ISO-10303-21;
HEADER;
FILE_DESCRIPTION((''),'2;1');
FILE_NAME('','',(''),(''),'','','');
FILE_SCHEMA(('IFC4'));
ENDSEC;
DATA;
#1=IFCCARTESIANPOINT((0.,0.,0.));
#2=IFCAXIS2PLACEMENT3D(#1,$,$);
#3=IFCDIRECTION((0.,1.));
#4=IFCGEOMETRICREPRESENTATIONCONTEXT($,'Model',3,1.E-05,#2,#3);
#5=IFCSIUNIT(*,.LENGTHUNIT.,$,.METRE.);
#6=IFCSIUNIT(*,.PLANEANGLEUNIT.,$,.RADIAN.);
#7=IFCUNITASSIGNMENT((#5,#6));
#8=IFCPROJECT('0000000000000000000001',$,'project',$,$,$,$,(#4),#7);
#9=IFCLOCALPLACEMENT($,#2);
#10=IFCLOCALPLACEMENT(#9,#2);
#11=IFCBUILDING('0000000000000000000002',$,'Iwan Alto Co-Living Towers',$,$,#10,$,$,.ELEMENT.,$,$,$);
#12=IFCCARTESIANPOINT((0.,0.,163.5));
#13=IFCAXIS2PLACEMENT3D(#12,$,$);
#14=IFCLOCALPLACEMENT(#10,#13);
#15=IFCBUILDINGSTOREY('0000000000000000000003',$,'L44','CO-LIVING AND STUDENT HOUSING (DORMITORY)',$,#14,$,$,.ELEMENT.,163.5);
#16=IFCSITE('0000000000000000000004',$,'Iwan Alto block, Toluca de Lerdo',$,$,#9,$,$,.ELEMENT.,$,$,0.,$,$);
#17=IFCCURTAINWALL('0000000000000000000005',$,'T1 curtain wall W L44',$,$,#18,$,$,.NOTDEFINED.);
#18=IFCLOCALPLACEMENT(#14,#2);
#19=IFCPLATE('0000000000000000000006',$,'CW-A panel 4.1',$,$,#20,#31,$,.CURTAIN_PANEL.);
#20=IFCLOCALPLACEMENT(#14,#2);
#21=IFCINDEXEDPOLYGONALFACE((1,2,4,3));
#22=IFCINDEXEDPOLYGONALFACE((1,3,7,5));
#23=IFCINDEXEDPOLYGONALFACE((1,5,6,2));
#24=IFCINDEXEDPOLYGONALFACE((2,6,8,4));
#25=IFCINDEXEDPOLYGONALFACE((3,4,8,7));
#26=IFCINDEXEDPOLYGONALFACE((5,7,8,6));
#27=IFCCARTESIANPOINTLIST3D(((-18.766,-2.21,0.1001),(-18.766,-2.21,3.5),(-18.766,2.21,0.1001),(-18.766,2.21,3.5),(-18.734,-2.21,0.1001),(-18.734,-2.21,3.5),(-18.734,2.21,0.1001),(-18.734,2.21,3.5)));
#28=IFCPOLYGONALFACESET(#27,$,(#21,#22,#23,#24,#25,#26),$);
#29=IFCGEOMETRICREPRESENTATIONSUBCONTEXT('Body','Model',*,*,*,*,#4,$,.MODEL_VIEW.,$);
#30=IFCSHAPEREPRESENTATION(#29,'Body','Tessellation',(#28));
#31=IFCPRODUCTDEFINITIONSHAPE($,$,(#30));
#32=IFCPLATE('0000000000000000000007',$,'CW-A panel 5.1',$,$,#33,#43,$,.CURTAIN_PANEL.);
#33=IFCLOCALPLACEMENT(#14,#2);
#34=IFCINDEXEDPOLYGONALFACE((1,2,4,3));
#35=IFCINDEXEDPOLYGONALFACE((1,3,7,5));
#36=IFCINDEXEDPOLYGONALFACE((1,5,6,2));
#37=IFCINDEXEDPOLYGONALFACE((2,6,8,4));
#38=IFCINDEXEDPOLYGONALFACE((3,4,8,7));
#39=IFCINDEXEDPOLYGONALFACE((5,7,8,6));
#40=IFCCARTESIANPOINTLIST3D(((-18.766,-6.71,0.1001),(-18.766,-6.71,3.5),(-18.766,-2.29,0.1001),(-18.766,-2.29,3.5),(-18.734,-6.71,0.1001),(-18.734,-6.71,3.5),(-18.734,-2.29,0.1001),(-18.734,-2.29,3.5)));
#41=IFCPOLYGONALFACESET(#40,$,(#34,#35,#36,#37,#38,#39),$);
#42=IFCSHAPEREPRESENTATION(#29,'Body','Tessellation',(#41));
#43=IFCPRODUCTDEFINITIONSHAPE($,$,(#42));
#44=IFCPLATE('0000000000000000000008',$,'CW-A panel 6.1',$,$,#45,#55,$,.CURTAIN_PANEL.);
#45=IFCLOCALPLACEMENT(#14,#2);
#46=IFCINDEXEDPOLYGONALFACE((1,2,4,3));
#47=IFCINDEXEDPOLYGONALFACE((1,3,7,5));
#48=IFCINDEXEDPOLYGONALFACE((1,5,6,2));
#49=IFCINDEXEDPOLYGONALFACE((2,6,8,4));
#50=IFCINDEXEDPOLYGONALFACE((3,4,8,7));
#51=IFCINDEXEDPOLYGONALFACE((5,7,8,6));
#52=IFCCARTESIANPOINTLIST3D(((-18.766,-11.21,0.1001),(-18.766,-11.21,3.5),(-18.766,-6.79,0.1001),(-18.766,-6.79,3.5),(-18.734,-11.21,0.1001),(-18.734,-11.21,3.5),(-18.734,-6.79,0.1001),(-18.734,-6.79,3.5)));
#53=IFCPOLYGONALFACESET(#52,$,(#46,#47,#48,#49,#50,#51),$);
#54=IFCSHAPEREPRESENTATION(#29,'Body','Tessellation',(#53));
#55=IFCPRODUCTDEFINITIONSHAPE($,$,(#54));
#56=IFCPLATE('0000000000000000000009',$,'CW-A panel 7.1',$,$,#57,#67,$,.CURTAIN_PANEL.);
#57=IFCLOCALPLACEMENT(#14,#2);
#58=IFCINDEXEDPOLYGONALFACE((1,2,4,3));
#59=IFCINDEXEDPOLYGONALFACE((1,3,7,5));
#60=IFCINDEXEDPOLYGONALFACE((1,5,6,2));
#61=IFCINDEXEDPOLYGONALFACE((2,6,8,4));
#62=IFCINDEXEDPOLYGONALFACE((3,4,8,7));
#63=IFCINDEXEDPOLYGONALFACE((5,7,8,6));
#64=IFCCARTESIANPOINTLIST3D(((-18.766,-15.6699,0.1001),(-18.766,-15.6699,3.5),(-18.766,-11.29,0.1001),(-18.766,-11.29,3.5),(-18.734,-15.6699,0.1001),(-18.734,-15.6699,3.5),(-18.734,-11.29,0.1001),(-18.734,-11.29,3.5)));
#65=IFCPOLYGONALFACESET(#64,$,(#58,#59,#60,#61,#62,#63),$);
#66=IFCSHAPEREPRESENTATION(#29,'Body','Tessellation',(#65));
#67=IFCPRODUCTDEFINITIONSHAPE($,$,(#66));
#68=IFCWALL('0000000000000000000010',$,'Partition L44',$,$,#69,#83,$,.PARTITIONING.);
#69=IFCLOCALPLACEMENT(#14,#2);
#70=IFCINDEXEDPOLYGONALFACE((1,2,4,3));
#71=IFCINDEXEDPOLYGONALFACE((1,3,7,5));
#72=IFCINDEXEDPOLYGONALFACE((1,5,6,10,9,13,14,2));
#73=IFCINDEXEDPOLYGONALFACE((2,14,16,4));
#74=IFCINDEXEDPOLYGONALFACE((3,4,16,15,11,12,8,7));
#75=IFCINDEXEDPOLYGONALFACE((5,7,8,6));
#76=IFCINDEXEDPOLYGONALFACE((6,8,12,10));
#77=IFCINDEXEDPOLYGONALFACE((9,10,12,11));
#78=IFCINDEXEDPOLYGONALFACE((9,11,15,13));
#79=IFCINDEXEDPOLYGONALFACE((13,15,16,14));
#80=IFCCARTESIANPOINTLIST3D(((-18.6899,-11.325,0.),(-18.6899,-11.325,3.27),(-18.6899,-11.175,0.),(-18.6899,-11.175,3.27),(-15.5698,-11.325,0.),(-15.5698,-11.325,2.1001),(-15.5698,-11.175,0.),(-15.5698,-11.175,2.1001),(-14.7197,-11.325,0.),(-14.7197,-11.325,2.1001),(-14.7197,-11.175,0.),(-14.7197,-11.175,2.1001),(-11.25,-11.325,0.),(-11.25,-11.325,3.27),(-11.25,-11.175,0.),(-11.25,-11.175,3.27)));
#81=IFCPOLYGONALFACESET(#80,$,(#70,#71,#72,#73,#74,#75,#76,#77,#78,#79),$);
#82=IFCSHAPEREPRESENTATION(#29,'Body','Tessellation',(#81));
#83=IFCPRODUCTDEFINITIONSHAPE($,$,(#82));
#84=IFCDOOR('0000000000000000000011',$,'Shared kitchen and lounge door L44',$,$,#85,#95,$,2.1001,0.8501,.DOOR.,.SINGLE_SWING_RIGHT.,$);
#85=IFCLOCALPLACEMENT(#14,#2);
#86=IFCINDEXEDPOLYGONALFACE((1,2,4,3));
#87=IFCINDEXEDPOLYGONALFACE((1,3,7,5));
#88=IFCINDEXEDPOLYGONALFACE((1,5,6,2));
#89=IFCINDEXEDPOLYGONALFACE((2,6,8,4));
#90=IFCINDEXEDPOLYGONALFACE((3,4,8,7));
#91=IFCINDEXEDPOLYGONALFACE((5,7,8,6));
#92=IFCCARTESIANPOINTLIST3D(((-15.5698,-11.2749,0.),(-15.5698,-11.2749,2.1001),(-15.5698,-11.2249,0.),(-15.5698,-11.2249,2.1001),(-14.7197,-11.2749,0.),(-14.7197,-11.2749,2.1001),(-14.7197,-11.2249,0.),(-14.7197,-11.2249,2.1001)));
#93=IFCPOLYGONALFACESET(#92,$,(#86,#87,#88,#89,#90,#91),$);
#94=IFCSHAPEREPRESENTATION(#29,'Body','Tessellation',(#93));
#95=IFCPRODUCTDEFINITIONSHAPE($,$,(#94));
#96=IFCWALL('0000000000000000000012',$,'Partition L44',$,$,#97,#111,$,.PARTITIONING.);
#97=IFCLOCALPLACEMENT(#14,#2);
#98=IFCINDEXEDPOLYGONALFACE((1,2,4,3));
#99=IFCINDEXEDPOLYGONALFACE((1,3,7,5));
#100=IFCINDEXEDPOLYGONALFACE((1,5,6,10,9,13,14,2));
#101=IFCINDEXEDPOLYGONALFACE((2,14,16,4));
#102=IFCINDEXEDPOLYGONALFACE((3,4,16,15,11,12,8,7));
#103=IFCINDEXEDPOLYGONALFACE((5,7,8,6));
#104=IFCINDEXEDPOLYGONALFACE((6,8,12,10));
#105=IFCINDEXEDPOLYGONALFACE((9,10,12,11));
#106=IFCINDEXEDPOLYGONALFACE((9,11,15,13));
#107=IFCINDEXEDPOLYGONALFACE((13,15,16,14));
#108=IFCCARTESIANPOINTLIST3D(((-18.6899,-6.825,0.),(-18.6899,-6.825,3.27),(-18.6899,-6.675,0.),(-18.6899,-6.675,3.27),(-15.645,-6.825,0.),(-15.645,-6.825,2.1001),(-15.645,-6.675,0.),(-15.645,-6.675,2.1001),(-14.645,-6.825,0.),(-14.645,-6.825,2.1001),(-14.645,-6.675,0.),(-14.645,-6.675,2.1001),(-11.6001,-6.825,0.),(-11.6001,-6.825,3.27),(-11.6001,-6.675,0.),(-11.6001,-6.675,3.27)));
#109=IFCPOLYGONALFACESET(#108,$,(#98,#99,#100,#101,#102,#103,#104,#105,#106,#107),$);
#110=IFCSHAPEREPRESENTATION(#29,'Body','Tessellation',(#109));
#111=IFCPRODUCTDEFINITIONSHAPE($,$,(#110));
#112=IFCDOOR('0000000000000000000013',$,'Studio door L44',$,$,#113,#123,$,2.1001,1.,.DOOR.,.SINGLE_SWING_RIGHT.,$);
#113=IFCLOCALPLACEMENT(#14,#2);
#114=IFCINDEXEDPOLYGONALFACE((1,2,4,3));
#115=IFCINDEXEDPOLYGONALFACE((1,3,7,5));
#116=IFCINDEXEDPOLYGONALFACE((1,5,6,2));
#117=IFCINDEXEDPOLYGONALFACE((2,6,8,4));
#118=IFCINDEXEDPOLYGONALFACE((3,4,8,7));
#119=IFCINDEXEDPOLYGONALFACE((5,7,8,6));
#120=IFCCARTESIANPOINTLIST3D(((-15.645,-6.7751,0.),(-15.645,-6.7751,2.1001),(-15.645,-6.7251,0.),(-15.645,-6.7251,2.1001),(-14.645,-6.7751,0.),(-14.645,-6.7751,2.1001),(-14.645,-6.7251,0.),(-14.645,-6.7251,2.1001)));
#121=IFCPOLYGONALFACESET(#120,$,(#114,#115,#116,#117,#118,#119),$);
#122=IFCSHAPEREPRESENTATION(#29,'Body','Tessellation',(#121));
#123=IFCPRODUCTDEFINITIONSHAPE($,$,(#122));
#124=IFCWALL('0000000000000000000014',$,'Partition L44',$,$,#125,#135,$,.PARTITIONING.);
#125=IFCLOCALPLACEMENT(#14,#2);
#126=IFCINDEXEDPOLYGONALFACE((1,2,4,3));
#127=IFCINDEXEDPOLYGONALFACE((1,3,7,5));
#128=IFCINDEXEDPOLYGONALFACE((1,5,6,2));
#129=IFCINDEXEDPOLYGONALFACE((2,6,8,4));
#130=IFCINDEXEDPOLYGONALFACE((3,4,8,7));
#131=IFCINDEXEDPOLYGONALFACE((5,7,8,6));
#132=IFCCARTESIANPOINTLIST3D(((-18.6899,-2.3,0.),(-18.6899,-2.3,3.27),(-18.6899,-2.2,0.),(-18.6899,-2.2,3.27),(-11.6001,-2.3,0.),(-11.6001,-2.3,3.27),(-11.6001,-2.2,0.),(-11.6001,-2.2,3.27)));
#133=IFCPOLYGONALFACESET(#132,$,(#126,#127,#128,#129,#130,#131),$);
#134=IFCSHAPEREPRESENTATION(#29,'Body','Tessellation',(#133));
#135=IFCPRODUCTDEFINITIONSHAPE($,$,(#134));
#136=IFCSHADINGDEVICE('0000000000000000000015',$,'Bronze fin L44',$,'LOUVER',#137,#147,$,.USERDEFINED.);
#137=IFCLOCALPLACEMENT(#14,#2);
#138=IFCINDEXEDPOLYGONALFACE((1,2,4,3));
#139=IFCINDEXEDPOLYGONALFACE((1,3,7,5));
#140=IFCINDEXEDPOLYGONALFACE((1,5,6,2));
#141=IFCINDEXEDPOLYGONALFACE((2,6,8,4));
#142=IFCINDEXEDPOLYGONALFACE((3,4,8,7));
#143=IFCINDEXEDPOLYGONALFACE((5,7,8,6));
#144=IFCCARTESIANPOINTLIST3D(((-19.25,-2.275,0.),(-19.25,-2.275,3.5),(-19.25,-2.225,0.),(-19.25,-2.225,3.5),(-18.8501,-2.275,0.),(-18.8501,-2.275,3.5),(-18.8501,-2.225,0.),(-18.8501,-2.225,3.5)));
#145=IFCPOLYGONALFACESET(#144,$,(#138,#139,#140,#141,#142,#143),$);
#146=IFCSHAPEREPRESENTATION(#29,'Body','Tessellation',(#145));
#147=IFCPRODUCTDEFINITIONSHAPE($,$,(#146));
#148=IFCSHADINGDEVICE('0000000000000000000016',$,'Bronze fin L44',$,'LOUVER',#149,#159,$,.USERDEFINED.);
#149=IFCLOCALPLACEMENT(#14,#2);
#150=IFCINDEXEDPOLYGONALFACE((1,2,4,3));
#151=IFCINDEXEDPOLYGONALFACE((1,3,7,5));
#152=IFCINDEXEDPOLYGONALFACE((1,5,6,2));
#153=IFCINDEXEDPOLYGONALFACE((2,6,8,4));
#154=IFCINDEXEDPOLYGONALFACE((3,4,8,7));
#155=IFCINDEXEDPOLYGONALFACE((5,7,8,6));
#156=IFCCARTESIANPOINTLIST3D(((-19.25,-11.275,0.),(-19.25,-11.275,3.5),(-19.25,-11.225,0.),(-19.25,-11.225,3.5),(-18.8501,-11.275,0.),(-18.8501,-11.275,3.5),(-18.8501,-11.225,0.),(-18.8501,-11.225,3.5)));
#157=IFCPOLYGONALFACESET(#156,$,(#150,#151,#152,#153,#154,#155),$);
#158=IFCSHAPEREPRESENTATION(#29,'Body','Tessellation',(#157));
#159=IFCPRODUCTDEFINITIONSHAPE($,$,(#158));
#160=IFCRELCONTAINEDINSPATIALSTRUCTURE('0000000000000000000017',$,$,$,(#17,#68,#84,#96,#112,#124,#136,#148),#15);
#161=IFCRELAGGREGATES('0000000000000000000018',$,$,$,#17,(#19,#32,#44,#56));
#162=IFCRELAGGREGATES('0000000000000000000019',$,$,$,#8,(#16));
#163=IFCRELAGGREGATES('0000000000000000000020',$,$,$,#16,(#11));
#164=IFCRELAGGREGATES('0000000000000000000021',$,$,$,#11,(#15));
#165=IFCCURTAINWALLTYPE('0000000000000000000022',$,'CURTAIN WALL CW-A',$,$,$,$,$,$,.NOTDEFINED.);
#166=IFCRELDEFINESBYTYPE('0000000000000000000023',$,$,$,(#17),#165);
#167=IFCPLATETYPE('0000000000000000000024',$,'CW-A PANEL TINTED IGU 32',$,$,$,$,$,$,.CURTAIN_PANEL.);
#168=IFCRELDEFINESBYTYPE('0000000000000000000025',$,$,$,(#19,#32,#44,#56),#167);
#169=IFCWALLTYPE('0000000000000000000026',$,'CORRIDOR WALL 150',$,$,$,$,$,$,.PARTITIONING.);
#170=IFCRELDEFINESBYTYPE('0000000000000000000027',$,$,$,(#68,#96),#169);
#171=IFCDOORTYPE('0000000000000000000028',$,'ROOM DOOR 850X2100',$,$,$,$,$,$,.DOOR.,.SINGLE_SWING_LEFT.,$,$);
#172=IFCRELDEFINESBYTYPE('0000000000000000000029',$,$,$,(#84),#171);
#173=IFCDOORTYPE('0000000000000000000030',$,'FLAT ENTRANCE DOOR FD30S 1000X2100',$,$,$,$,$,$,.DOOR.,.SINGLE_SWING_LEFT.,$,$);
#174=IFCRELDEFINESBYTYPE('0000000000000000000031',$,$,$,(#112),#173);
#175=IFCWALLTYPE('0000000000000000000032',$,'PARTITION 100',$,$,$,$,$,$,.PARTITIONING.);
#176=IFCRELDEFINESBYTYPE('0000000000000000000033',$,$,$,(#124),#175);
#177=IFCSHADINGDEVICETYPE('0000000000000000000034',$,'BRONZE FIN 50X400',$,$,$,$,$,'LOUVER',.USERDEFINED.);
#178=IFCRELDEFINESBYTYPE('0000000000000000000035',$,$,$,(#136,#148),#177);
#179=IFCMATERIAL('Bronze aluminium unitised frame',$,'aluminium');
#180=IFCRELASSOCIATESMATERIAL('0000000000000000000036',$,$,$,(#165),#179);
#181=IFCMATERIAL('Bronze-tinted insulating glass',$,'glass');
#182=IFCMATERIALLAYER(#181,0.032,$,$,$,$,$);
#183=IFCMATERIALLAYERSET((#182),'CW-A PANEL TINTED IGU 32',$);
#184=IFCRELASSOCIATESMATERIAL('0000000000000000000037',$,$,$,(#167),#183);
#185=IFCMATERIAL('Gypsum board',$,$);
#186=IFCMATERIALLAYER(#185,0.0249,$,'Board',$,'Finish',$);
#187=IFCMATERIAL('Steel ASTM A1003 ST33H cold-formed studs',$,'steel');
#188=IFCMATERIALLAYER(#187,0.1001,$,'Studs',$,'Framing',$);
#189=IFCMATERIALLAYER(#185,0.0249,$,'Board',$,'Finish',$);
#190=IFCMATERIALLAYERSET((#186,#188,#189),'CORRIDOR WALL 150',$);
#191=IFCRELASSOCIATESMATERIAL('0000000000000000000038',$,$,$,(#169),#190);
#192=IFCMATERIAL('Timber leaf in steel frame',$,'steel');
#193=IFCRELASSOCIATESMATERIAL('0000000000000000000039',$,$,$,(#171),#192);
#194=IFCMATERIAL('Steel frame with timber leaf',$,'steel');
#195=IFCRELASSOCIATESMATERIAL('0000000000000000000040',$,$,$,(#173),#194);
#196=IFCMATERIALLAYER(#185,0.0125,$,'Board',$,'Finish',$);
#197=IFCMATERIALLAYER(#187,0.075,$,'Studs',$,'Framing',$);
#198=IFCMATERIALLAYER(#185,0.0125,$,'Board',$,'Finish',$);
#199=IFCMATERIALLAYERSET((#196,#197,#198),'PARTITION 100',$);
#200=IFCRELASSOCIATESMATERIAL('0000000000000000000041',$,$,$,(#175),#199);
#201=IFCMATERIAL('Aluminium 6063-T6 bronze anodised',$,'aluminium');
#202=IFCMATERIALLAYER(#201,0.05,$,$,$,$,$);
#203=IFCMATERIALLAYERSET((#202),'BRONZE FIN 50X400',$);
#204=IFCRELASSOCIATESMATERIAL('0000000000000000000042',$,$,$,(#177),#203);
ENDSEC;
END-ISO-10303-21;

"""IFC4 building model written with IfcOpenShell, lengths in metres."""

from ifc_helpers import new_model, si_unit, direction, frame, frame_2d, origin, origin_2d, place, context, subcontext, project, spatial, rectangle, extrude, material, layer, layer_set, type_object, element, fill, aggregate, save


model = new_model("IFC4")

# Units and contexts
model_context = context("Model", 3, precision=1e-05, world=origin(), true_north=direction((0.0, 1.0)))
body_context = subcontext(model_context, "Body", "Model", "MODEL_VIEW")
ifc_project = project(units=[si_unit("LENGTHUNIT", "METRE"), si_unit("PLANEANGLEUNIT", "RADIAN")], contexts=[model_context])

# Site, building, storey
site_placement = place(None, origin())
site = spatial("IfcSite", under=ifc_project, at=site_placement, Name="Iwan Alto block, Toluca de Lerdo", CompositionType="ELEMENT", RefElevation=0.0)
building_placement = place(site_placement, origin())
building = spatial("IfcBuilding", under=site, at=building_placement, Name="Iwan Alto Co-Living Towers", CompositionType="ELEMENT")
storey_placement = place(building_placement, frame((0.0, 0.0, 163.5)))
storey = spatial("IfcBuildingStorey", under=building, at=storey_placement, Name="L44", Description="CO-LIVING AND STUDENT HOUSING (DORMITORY)", CompositionType="ELEMENT", Elevation=163.5)

# Curtain wall
ifc_material_1 = material(Name="Bronze aluminium unitised frame", Category="aluminium")
curtain_wall_type = type_object("IfcCurtainWallType", Name="CURTAIN WALL CW-A", PredefinedType="NOTDEFINED", material=ifc_material_1)
curtain_wall_placement = place(storey_placement, origin())
curtain_wall = element("IfcCurtainWall", 1, at=curtain_wall_placement, inside=storey, type_object=curtain_wall_type, Name="T1 curtain wall W L44", PredefinedType="NOTDEFINED")

# Plates
ifc_material_2 = material(Name="Bronze-tinted insulating glass", Category="glass")
ifc_layer_1 = layer(ifc_material_2, 0.032)
ifc_layer_set_1 = layer_set([ifc_layer_1], Name="CW-A PANEL TINTED IGU 32")
plate_type = type_object("IfcPlateType", Name="CW-A PANEL TINTED IGU 32", PredefinedType="CURTAIN_PANEL", material=ifc_layer_set_1)
plate_1_placement = place(storey_placement, frame((-18.75, 0.0, 0.1001), z_axis=(0.0, 0.0, 1.0), x_axis=(0.0, -1.0, 0.0)))
plate_1 = element("IfcPlate", 2, at=plate_1_placement, type_object=plate_type, Name="CW-A panel 4.1", PredefinedType="CURTAIN_PANEL", context=body_context, shape_type="SweptSolid", body=[
    extrude(rectangle(XDim=4.4199, YDim=0.032, at=origin_2d()), origin(), (0.0, 0.0, 1.0), 3.3999),
])
plate_2_placement = place(storey_placement, frame((-18.75, -4.5, 0.1001), z_axis=(0.0, 0.0, 1.0), x_axis=(0.0, -1.0, 0.0)))
plate_2 = element("IfcPlate", 3, at=plate_2_placement, type_object=plate_type, Name="CW-A panel 5.1", PredefinedType="CURTAIN_PANEL", context=body_context, shape_type="SweptSolid", body=[
    extrude(rectangle(XDim=4.4199, YDim=0.032, at=origin_2d()), origin(), (0.0, 0.0, 1.0), 3.3999),
])
plate_3_placement = place(storey_placement, frame((-18.75, -9.0, 0.1001), z_axis=(0.0, 0.0, 1.0), x_axis=(0.0, -1.0, 0.0)))
plate_3 = element("IfcPlate", 4, at=plate_3_placement, type_object=plate_type, Name="CW-A panel 6.1", PredefinedType="CURTAIN_PANEL", context=body_context, shape_type="SweptSolid", body=[
    extrude(rectangle(XDim=4.4199, YDim=0.032, at=origin_2d()), origin(), (0.0, 0.0, 1.0), 3.3999),
])
plate_4_placement = place(storey_placement, frame((-18.75, -13.48, 0.1001), z_axis=(0.0, 0.0, 1.0), x_axis=(0.0, -1.0, 0.0)))
plate_4 = element("IfcPlate", 5, at=plate_4_placement, type_object=plate_type, Name="CW-A panel 7.1", PredefinedType="CURTAIN_PANEL", context=body_context, shape_type="SweptSolid", body=[
    extrude(rectangle(XDim=4.3799, YDim=0.032, at=origin_2d()), origin(), (0.0, 0.0, 1.0), 3.3999),
])
aggregate(curtain_wall, [plate_1, plate_2, plate_3, plate_4])

# Walls, openings, doors
ifc_material_3 = material(Name="Gypsum board")
ifc_layer_2 = layer(ifc_material_3, 0.0249, Name="Board", Category="Finish")
ifc_material_4 = material(Name="Steel ASTM A1003 ST33H cold-formed studs", Category="steel")
ifc_layer_3 = layer(ifc_material_4, 0.1001, Name="Studs", Category="Framing")
ifc_layer_4 = layer(ifc_material_3, 0.0249, Name="Board", Category="Finish")
ifc_layer_set_2 = layer_set([ifc_layer_2, ifc_layer_3, ifc_layer_4], Name="CORRIDOR WALL 150")
wall_type_1 = type_object("IfcWallType", Name="CORRIDOR WALL 150", PredefinedType="PARTITIONING", material=ifc_layer_set_2)
wall_1_placement = place(storey_placement, frame((-18.6899, -11.25, 0.0), z_axis=(0.0, 0.0, 1.0), x_axis=(1.0, 0.0, 0.0)))
wall_1 = element("IfcWall", 6, at=wall_1_placement, inside=storey, type_object=wall_type_1, Name="Partition L44", PredefinedType="PARTITIONING", context=body_context, shape_type="SweptSolid", body=[
    extrude(rectangle(XDim=7.4399, YDim=0.1499, at=frame_2d((3.72, 0.0))), origin(), (0.0, 0.0, 1.0), 3.27),
])
opening_1_placement = place(wall_1_placement, frame((3.1201, 0.0, 0.0)))
opening_1 = element("IfcOpeningElement", 7, at=opening_1_placement, cuts=wall_1, PredefinedType="OPENING", context=body_context, shape_type="SweptSolid", body=[
    extrude(rectangle(XDim=0.8501, YDim=2.1001, at=frame_2d((0.425, 1.05))), frame((0.0, 0.085, 0.0), z_axis=(0.0, -1.0, 0.0), x_axis=(1.0, 0.0, 0.0)), (0.0, 0.0, 1.0), 0.1699),
])
ifc_material_5 = material(Name="Timber leaf in steel frame", Category="steel")
door_type_1 = type_object("IfcDoorType", Name="ROOM DOOR 850X2100", OperationType="SINGLE_SWING_LEFT", PredefinedType="DOOR", material=ifc_material_5)
door_1_placement = place(opening_1_placement, frame((0.8501, 0.0, 0.0), z_axis=(0.0, 0.0, 1.0), x_axis=(-1.0, 0.0, 0.0)))
door_1 = element("IfcDoor", 8, at=door_1_placement, inside=storey, type_object=door_type_1, Name="Shared kitchen and lounge door L44", OperationType="SINGLE_SWING_RIGHT", OverallHeight=2.1001, OverallWidth=0.8501, PredefinedType="DOOR", context=body_context, shape_type="SweptSolid", body=[
    extrude(rectangle(XDim=0.8501, YDim=2.1001, at=frame_2d((0.425, 1.05))), frame((0.0, 0.0249, 0.0), z_axis=(0.0, -1.0, 0.0), x_axis=(1.0, 0.0, 0.0)), (0.0, 0.0, 1.0), 0.05),
])
fill(opening_1, door_1)
wall_2_placement = place(storey_placement, frame((-18.6899, -6.75, 0.0), z_axis=(0.0, 0.0, 1.0), x_axis=(1.0, 0.0, 0.0)))
wall_2 = element("IfcWall", 9, at=wall_2_placement, inside=storey, type_object=wall_type_1, Name="Partition L44", PredefinedType="PARTITIONING", context=body_context, shape_type="SweptSolid", body=[
    extrude(rectangle(XDim=7.0898, YDim=0.1499, at=frame_2d((3.5449, 0.0))), origin(), (0.0, 0.0, 1.0), 3.27),
])
opening_2_placement = place(wall_2_placement, frame((3.0449, 0.0, 0.0)))
opening_2 = element("IfcOpeningElement", 10, at=opening_2_placement, cuts=wall_2, PredefinedType="OPENING", context=body_context, shape_type="SweptSolid", body=[
    extrude(rectangle(XDim=1.0, YDim=2.1001, at=frame_2d((0.5, 1.05))), frame((0.0, 0.085, 0.0), z_axis=(0.0, -1.0, 0.0), x_axis=(1.0, 0.0, 0.0)), (0.0, 0.0, 1.0), 0.1699),
])
ifc_material_6 = material(Name="Steel frame with timber leaf", Category="steel")
door_type_2 = type_object("IfcDoorType", Name="FLAT ENTRANCE DOOR FD30S 1000X2100", OperationType="SINGLE_SWING_LEFT", PredefinedType="DOOR", material=ifc_material_6)
door_2_placement = place(opening_2_placement, origin())
door_2 = element("IfcDoor", 11, at=door_2_placement, inside=storey, type_object=door_type_2, Name="Studio door L44", OperationType="SINGLE_SWING_RIGHT", OverallHeight=2.1001, OverallWidth=1.0, PredefinedType="DOOR", context=body_context, shape_type="SweptSolid", body=[
    extrude(rectangle(XDim=1.0, YDim=2.1001, at=frame_2d((0.5, 1.05))), frame((0.0, 0.0249, 0.0), z_axis=(0.0, -1.0, 0.0), x_axis=(1.0, 0.0, 0.0)), (0.0, 0.0, 1.0), 0.05),
])
fill(opening_2, door_2)

# Wall
ifc_layer_5 = layer(ifc_material_3, 0.0125, Name="Board", Category="Finish")
ifc_layer_6 = layer(ifc_material_4, 0.075, Name="Studs", Category="Framing")
ifc_layer_7 = layer(ifc_material_3, 0.0125, Name="Board", Category="Finish")
ifc_layer_set_3 = layer_set([ifc_layer_5, ifc_layer_6, ifc_layer_7], Name="PARTITION 100")
wall_type_2 = type_object("IfcWallType", Name="PARTITION 100", PredefinedType="PARTITIONING", material=ifc_layer_set_3)
wall_3_placement = place(storey_placement, frame((-18.6899, -2.25, 0.0), z_axis=(0.0, 0.0, 1.0), x_axis=(1.0, 0.0, 0.0)))
element("IfcWall", 12, at=wall_3_placement, inside=storey, type_object=wall_type_2, Name="Partition L44", PredefinedType="PARTITIONING", context=body_context, shape_type="SweptSolid", body=[
    extrude(rectangle(XDim=7.0898, YDim=0.1001, at=frame_2d((3.5449, 0.0))), origin(), (0.0, 0.0, 1.0), 3.27),
])

# Shading devices
ifc_material_7 = material(Name="Aluminium 6063-T6 bronze anodised", Category="aluminium")
ifc_layer_8 = layer(ifc_material_7, 0.05)
ifc_layer_set_4 = layer_set([ifc_layer_8], Name="BRONZE FIN 50X400")
shading_device_type = type_object("IfcShadingDeviceType", Name="BRONZE FIN 50X400", ElementType="LOUVER", PredefinedType="USERDEFINED", material=ifc_layer_set_4)
for number, where, z_axis, x_axis, name in (
    (13, (-19.05, -2.25, 0.0), (0.0, 0.0, 1.0), (0.0, -1.0, 0.0), "Bronze fin L44"),
    (14, (-19.05, -11.25, 0.0), (0.0, 0.0, 1.0), (0.0, -1.0, 0.0), "Bronze fin L44"),
):
    element("IfcShadingDevice", number, at=place(storey_placement, frame(where, z_axis=z_axis, x_axis=x_axis)), inside=storey, type_object=shading_device_type, Name=name, ObjectType="LOUVER", PredefinedType="USERDEFINED", context=body_context, shape_type="SweptSolid", body=[
        extrude(rectangle(XDim=0.05, YDim=0.3999, at=origin_2d()), origin(), (0.0, 0.0, 1.0), 3.5),
    ])

save(model, "model.ifc")
